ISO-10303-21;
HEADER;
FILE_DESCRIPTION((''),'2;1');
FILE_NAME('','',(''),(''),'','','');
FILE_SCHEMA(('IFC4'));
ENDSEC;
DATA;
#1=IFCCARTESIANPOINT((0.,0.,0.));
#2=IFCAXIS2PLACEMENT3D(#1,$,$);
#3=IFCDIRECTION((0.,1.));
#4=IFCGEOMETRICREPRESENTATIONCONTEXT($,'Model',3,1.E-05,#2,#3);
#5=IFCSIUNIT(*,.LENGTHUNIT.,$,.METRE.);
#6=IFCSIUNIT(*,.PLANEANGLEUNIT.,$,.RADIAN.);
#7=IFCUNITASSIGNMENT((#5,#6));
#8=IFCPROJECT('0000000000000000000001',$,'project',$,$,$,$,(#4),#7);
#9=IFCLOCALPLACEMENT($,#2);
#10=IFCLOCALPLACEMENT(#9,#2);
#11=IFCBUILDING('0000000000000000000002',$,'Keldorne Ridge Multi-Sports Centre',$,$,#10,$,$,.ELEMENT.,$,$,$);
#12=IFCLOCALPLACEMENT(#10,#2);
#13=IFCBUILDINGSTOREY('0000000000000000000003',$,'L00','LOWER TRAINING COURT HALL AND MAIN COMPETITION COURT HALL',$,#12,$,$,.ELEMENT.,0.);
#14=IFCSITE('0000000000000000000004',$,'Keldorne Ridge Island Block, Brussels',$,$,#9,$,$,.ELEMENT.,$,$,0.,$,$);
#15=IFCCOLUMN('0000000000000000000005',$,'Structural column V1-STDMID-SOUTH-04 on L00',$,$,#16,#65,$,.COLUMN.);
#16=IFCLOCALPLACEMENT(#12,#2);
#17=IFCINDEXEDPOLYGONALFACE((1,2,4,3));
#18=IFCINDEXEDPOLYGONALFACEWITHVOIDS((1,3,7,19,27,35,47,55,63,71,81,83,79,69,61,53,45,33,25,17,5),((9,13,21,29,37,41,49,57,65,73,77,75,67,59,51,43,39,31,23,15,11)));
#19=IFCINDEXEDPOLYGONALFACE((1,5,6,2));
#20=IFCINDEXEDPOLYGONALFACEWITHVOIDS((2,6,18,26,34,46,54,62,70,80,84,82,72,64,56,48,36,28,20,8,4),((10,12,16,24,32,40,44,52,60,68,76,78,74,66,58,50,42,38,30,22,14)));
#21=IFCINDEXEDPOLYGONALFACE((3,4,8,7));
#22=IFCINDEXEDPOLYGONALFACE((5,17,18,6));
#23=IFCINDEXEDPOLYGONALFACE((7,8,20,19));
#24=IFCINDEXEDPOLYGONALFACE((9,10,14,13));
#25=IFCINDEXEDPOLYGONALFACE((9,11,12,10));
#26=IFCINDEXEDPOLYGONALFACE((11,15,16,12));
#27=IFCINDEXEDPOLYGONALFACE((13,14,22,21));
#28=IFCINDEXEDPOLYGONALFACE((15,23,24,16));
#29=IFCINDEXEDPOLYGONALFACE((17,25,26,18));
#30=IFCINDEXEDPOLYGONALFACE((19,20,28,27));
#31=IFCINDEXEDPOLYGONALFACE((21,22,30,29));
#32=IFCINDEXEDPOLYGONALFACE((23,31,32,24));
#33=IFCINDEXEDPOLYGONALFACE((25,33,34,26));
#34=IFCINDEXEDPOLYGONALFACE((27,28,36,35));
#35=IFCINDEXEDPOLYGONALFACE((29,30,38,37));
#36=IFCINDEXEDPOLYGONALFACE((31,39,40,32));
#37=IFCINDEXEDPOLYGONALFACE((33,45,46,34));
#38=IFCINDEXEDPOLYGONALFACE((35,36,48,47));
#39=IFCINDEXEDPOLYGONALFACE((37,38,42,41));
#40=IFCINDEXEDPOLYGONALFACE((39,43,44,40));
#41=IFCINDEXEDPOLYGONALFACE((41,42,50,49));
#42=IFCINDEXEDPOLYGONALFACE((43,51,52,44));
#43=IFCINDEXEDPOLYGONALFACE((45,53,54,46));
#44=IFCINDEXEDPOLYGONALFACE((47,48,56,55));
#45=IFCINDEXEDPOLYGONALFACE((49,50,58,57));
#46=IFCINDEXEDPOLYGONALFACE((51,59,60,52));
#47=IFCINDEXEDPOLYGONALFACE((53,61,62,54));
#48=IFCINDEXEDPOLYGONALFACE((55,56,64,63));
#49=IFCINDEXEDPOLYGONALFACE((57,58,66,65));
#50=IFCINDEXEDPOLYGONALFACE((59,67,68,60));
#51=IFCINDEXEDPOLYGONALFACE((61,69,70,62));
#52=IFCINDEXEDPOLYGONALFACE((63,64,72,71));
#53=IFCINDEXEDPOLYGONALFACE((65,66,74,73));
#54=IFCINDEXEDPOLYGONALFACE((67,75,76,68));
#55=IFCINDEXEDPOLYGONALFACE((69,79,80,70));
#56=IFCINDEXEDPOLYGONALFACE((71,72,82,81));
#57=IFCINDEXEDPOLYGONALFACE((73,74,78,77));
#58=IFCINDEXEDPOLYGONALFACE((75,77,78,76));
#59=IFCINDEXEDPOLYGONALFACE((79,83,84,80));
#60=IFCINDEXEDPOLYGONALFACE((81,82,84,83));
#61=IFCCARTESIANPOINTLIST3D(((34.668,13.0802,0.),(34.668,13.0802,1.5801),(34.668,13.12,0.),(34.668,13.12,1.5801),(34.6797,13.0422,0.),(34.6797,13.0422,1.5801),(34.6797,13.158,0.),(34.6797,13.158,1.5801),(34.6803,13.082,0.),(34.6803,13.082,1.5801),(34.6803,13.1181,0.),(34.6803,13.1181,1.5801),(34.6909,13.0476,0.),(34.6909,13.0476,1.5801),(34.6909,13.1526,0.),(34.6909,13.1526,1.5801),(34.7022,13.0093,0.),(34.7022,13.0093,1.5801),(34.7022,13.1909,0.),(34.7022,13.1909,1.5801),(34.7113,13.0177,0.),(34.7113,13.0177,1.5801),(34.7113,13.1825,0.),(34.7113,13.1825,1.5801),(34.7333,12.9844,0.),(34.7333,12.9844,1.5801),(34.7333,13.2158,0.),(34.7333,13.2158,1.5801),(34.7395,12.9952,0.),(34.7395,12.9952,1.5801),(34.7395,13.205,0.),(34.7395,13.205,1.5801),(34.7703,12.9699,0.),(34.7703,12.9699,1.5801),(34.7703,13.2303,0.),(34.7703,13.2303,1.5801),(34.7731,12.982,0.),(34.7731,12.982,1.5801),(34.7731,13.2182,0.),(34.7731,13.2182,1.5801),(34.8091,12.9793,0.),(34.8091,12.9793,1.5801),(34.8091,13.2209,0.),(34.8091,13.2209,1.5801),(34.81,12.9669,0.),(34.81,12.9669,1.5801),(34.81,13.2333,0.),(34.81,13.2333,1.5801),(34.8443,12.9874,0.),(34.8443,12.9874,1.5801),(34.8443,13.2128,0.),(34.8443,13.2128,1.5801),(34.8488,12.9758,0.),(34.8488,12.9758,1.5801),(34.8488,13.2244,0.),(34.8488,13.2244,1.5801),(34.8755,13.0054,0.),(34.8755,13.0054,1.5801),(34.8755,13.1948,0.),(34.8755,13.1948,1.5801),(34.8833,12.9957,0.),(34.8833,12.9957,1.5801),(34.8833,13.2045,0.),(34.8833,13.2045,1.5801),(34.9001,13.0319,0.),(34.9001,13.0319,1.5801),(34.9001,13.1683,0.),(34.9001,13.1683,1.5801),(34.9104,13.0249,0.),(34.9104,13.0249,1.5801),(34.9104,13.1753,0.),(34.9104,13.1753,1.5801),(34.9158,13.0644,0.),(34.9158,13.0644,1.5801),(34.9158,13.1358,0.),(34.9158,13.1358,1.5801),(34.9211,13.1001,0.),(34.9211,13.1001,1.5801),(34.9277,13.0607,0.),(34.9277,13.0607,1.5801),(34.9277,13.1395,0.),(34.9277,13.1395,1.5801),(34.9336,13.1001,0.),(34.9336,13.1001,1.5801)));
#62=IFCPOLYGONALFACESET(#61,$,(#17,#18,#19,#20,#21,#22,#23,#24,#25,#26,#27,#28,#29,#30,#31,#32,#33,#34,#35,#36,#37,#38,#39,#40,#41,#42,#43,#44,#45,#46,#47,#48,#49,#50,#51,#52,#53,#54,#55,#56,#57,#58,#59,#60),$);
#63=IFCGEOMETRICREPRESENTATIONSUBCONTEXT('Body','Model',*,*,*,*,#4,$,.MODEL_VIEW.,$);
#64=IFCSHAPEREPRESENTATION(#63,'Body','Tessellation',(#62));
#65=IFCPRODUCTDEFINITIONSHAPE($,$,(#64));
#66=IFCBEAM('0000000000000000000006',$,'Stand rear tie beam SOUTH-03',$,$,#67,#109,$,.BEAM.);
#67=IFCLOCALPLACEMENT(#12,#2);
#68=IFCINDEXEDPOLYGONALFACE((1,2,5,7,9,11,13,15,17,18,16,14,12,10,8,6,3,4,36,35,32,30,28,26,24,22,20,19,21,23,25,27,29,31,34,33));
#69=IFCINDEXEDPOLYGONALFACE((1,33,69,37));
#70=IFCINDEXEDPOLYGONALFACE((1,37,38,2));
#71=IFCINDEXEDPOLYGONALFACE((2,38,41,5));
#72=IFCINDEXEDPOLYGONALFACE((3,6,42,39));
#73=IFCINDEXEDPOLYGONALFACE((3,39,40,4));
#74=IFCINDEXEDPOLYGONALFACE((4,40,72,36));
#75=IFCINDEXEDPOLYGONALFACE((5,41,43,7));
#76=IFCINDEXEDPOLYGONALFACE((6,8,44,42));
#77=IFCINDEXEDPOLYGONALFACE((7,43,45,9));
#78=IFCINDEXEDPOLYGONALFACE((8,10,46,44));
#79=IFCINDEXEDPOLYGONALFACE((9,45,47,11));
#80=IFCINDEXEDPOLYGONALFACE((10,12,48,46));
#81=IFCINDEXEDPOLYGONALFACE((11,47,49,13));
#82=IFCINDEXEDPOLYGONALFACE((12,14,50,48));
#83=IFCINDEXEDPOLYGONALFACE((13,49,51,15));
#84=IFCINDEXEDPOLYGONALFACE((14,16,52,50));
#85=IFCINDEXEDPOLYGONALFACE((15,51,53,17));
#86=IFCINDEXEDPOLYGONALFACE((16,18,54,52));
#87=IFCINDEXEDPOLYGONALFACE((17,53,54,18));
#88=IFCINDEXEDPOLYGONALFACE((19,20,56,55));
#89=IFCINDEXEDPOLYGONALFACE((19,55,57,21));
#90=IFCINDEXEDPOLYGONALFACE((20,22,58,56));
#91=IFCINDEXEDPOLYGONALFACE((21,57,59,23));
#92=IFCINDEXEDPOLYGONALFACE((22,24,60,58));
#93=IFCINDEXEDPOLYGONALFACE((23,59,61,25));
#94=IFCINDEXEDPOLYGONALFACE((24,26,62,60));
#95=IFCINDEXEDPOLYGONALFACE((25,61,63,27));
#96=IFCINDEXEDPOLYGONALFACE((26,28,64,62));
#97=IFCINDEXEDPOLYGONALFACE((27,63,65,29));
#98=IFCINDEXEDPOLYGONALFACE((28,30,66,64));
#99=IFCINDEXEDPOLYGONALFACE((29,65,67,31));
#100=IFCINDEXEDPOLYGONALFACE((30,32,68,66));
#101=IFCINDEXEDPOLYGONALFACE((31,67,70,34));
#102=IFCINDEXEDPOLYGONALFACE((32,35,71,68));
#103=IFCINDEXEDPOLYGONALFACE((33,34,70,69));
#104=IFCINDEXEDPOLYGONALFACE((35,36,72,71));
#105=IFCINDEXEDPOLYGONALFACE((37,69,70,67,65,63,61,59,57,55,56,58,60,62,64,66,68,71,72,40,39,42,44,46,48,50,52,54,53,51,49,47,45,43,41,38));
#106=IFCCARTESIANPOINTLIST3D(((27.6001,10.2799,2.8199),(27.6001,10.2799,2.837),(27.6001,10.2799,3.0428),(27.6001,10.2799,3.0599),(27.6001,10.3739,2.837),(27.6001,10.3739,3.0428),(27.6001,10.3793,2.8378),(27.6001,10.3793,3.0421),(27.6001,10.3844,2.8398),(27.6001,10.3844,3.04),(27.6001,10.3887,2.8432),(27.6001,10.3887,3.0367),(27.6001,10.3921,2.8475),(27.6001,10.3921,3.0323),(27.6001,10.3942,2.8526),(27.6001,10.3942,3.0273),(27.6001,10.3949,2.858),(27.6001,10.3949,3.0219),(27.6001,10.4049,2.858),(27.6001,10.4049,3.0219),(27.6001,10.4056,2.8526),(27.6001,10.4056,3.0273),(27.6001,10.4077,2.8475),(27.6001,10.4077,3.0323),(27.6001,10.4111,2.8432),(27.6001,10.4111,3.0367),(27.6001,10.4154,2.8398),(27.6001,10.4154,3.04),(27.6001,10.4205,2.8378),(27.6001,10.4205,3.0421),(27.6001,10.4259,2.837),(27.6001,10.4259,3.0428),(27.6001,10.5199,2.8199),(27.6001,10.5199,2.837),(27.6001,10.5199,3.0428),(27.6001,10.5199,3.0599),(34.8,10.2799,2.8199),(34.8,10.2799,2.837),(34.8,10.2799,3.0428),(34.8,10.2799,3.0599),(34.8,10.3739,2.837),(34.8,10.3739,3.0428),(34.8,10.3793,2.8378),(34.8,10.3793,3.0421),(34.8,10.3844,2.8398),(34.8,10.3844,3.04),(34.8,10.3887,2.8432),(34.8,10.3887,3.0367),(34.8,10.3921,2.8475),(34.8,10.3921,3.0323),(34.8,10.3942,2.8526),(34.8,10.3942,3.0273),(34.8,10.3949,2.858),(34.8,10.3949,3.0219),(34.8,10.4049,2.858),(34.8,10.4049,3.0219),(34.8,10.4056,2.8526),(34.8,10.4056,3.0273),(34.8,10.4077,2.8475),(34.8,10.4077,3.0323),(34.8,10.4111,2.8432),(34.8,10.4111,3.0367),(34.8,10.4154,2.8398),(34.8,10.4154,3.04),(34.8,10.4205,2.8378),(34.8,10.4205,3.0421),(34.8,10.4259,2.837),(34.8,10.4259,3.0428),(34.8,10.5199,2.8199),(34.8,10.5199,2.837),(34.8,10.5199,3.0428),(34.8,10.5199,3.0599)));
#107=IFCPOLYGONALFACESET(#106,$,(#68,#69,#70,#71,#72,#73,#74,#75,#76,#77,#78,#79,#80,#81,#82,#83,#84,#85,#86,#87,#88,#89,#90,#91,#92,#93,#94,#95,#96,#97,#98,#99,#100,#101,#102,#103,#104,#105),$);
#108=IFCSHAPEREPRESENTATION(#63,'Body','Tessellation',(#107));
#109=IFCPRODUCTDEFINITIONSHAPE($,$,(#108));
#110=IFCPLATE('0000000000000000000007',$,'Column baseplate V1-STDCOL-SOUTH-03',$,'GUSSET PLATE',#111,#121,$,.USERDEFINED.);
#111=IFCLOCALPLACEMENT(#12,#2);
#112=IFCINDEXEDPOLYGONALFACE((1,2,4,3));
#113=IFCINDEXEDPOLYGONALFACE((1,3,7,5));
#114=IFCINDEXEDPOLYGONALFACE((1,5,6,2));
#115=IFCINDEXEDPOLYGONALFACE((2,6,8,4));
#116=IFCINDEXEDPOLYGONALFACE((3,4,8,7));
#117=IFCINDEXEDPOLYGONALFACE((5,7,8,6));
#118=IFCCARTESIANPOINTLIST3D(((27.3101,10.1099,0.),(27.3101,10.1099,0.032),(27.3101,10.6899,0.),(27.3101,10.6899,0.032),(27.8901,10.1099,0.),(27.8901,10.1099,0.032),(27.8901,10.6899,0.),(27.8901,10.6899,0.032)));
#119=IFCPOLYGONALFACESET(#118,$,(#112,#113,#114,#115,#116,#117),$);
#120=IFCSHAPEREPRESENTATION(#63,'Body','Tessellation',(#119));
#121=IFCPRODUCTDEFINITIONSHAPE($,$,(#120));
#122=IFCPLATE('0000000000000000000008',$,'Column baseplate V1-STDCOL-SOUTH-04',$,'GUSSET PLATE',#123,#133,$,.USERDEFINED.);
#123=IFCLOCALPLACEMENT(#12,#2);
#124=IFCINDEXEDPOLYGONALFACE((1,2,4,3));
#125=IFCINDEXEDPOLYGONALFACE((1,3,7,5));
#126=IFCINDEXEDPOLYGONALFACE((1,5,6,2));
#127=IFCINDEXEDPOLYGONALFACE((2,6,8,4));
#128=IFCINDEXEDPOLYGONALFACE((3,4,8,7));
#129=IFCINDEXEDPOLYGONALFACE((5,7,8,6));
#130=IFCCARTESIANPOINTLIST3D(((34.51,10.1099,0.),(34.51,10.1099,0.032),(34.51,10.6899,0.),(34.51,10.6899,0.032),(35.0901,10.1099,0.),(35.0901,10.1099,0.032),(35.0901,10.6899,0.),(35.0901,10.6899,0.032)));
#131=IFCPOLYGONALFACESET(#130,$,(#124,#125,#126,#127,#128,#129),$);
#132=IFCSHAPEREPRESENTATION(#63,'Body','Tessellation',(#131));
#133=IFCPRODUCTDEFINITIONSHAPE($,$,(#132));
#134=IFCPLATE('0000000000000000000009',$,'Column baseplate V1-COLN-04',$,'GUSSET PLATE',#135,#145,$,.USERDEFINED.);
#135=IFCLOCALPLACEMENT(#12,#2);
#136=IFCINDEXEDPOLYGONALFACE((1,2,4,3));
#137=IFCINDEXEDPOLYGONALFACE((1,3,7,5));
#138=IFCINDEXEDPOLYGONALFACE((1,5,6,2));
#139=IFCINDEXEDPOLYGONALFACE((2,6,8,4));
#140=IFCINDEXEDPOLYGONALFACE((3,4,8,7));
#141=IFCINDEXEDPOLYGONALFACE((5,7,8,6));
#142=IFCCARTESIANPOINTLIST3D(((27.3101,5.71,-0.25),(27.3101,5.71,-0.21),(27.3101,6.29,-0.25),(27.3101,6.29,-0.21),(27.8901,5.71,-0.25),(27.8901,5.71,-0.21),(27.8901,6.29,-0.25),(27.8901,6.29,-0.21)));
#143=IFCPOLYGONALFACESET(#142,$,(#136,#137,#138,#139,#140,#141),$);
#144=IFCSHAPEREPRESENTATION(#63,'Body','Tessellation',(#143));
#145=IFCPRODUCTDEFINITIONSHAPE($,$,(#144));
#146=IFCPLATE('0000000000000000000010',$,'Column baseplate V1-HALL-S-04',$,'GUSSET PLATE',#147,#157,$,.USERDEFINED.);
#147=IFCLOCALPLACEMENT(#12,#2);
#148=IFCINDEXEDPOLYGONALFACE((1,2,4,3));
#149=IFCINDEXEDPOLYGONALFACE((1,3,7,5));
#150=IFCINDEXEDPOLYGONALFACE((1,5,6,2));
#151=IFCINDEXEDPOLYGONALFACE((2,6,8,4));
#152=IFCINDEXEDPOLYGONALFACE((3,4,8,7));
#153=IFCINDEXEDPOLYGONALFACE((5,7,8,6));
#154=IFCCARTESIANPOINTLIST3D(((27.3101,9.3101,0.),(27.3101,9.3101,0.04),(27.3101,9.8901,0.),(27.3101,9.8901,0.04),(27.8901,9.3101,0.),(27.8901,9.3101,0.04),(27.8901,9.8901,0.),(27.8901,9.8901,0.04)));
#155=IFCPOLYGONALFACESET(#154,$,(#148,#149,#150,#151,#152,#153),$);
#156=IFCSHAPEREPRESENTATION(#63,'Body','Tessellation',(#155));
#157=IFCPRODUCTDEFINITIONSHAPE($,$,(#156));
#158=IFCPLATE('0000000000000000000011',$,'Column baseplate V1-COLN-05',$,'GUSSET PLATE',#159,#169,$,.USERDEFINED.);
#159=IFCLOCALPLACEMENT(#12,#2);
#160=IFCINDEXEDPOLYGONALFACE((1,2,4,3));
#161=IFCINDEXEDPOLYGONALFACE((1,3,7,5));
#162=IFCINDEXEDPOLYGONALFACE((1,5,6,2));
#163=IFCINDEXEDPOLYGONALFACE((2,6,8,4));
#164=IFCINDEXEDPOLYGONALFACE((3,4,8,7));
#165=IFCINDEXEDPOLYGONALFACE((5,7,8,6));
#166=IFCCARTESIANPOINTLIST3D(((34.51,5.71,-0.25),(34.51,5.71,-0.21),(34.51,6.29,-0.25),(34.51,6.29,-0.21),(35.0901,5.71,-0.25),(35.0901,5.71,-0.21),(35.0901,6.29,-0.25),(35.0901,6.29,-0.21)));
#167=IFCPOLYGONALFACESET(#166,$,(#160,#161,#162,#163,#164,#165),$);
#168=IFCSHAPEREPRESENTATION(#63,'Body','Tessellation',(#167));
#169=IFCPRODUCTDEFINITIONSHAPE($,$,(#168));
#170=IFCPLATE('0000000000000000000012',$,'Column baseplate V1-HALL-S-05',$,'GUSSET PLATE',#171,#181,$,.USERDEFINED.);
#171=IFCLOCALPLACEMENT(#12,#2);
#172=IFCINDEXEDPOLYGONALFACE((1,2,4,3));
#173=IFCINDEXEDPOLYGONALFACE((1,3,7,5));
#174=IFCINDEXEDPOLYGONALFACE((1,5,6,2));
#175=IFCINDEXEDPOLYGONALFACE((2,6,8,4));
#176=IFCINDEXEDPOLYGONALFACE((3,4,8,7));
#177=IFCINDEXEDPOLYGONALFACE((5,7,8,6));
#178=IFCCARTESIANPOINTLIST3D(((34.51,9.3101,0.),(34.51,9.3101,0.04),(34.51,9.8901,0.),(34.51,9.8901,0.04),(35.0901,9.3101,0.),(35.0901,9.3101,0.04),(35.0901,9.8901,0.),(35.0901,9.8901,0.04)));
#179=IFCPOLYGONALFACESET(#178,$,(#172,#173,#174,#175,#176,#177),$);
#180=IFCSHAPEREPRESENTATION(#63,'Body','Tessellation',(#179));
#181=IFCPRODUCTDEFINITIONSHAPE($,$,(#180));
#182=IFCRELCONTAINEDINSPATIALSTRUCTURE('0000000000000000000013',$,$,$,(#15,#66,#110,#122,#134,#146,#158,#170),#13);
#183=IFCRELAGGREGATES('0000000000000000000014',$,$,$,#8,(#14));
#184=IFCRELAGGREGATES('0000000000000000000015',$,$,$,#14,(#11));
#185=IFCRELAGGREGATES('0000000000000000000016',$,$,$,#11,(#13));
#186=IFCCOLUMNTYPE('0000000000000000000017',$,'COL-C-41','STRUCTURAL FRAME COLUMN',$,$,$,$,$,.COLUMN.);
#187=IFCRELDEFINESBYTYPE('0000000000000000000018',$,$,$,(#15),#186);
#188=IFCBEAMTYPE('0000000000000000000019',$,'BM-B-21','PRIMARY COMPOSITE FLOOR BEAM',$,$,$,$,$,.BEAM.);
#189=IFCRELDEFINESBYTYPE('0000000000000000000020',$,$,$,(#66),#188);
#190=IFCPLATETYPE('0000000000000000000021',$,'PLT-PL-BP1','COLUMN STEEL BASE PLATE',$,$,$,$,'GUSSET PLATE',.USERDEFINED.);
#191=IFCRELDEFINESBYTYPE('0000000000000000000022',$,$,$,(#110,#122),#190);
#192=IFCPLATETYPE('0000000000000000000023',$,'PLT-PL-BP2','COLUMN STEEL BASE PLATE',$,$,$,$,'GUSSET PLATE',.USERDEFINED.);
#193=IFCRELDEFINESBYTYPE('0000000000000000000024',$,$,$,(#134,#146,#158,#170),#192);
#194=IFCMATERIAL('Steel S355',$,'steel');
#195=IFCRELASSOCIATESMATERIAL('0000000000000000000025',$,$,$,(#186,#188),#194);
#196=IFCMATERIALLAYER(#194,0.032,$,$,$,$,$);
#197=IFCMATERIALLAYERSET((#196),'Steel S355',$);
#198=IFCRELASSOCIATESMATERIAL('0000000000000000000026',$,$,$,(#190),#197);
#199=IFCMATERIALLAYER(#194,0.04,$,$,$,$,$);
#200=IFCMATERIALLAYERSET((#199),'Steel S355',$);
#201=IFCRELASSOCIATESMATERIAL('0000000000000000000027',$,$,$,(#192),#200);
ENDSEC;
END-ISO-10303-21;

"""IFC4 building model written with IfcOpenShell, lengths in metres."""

from ifc_helpers import new_model, si_unit, direction, frame, origin, origin_2d, place, context, subcontext, project, spatial, rectangle, hollow_circle, i_section, extrude, material, layer, layer_set, material_profile, profile_set, type_object, element, save


model = new_model("IFC4")

# Units and contexts
model_context = context("Model", 3, precision=1e-05, world=origin(), true_north=direction((0.0, 1.0)))
body_context = subcontext(model_context, "Body", "Model", "MODEL_VIEW")
ifc_project = project(units=[si_unit("LENGTHUNIT", "METRE"), si_unit("PLANEANGLEUNIT", "RADIAN")], contexts=[model_context])

# Site, building, storey
site_placement = place(None, origin())
site = spatial("IfcSite", under=ifc_project, at=site_placement, Name="Keldorne Ridge Island Block, Brussels", CompositionType="ELEMENT", RefElevation=0.0)
building_placement = place(site_placement, origin())
building = spatial("IfcBuilding", under=site, at=building_placement, Name="Keldorne Ridge Multi-Sports Centre", CompositionType="ELEMENT")
storey_placement = place(building_placement, origin())
storey = spatial("IfcBuildingStorey", under=building, at=storey_placement, Name="L00", Description="LOWER TRAINING COURT HALL AND MAIN COMPETITION COURT HALL", CompositionType="ELEMENT", Elevation=0.0)

# Column
ifc_material_1 = material(Name="Steel S355", Category="steel")
ifc_material_profile_1 = material_profile(ifc_material_1, hollow_circle(Radius=0.1335, WallThickness=0.0125, at=origin_2d()), Name="CHS 267x12.5")
ifc_profile_set_1 = profile_set([ifc_material_profile_1], Name="Steel S355")
column_type_1 = type_object("IfcColumnType", Name="COL-C-41", Description="STRUCTURAL FRAME COLUMN", PredefinedType="COLUMN", material=ifc_profile_set_1)
for number, where, z_axis, x_axis, name in (
    (1, (34.8, 13.1001, 0.0), (0.0, 0.0, 1.0), (1.0, 0.0, 0.0), "Structural column V1-STDMID-SOUTH-04 on L00"),
):
    element("IfcColumn", number, at=place(storey_placement, frame(where, z_axis=z_axis, x_axis=x_axis)), inside=storey, type_object=column_type_1, Name=name, PredefinedType="COLUMN", context=body_context, shape_type="SweptSolid", body=[
        extrude(hollow_circle(Radius=0.1335, WallThickness=0.0125, at=origin_2d()), origin(), (0.0, 0.0, 1.0), 1.5801),
    ])

# Beam
ifc_material_profile_2 = material_profile(ifc_material_1, i_section(OverallWidth=0.24, OverallDepth=0.24, WebThickness=0.01, FlangeThickness=0.0171, FilletRadius=0.021, at=origin_2d()), Name="HEB 240")
ifc_profile_set_2 = profile_set([ifc_material_profile_2], Name="Steel S355")
beam_type = type_object("IfcBeamType", Name="BM-B-21", Description="PRIMARY COMPOSITE FLOOR BEAM", PredefinedType="BEAM", material=ifc_profile_set_2)
beam_placement = place(storey_placement, frame((27.6001, 10.3999, 2.9399), z_axis=(1.0, 0.0, 0.0), x_axis=(0.0, 1.0, 0.0)))
element("IfcBeam", 2, at=beam_placement, inside=storey, type_object=beam_type, Name="Stand rear tie beam SOUTH-03", PredefinedType="BEAM", context=body_context, shape_type="SweptSolid", body=[
    extrude(i_section(OverallWidth=0.24, OverallDepth=0.24, WebThickness=0.01, FlangeThickness=0.0171, FilletRadius=0.021, at=origin_2d()), origin(), (0.0, 0.0, 1.0), 7.2),
])

# Plates
ifc_layer_1 = layer(ifc_material_1, 0.032)
ifc_layer_set_1 = layer_set([ifc_layer_1], Name="Steel S355")
plate_type_1 = type_object("IfcPlateType", Name="PLT-PL-BP1", Description="COLUMN STEEL BASE PLATE", ElementType="GUSSET PLATE", PredefinedType="USERDEFINED", material=ifc_layer_set_1)
for number, where, z_axis, x_axis, name in (
    (3, (27.6001, 10.3999, 0.0), (0.0, 0.0, 1.0), (1.0, 0.0, 0.0), "Column baseplate V1-STDCOL-SOUTH-03"),
    (4, (34.8, 10.3999, 0.0), (0.0, 0.0, 1.0), (1.0, 0.0, 0.0), "Column baseplate V1-STDCOL-SOUTH-04"),
):
    element("IfcPlate", number, at=place(storey_placement, frame(where, z_axis=z_axis, x_axis=x_axis)), inside=storey, type_object=plate_type_1, Name=name, ObjectType="GUSSET PLATE", PredefinedType="USERDEFINED", context=body_context, shape_type="SweptSolid", body=[
        extrude(rectangle(XDim=0.5801, YDim=0.5801, at=origin_2d()), origin(), (0.0, 0.0, 1.0), 0.032),
    ])
ifc_layer_2 = layer(ifc_material_1, 0.04)
ifc_layer_set_2 = layer_set([ifc_layer_2], Name="Steel S355")
plate_type_2 = type_object("IfcPlateType", Name="PLT-PL-BP2", Description="COLUMN STEEL BASE PLATE", ElementType="GUSSET PLATE", PredefinedType="USERDEFINED", material=ifc_layer_set_2)
for number, where, z_axis, x_axis, name in (
    (5, (27.6001, 6.0, -0.25), (0.0, 0.0, 1.0), (1.0, 0.0, 0.0), "Column baseplate V1-COLN-04"),
    (6, (27.6001, 9.6001, 0.0), (0.0, 0.0, 1.0), (1.0, 0.0, 0.0), "Column baseplate V1-HALL-S-04"),
    (7, (34.8, 6.0, -0.25), (0.0, 0.0, 1.0), (1.0, 0.0, 0.0), "Column baseplate V1-COLN-05"),
    (8, (34.8, 9.6001, 0.0), (0.0, 0.0, 1.0), (1.0, 0.0, 0.0), "Column baseplate V1-HALL-S-05"),
):
    element("IfcPlate", number, at=place(storey_placement, frame(where, z_axis=z_axis, x_axis=x_axis)), inside=storey, type_object=plate_type_2, Name=name, ObjectType="GUSSET PLATE", PredefinedType="USERDEFINED", context=body_context, shape_type="SweptSolid", body=[
        extrude(rectangle(XDim=0.5801, YDim=0.5801, at=origin_2d()), origin(), (0.0, 0.0, 1.0), 0.04),
    ])

save(model, "model.ifc")
